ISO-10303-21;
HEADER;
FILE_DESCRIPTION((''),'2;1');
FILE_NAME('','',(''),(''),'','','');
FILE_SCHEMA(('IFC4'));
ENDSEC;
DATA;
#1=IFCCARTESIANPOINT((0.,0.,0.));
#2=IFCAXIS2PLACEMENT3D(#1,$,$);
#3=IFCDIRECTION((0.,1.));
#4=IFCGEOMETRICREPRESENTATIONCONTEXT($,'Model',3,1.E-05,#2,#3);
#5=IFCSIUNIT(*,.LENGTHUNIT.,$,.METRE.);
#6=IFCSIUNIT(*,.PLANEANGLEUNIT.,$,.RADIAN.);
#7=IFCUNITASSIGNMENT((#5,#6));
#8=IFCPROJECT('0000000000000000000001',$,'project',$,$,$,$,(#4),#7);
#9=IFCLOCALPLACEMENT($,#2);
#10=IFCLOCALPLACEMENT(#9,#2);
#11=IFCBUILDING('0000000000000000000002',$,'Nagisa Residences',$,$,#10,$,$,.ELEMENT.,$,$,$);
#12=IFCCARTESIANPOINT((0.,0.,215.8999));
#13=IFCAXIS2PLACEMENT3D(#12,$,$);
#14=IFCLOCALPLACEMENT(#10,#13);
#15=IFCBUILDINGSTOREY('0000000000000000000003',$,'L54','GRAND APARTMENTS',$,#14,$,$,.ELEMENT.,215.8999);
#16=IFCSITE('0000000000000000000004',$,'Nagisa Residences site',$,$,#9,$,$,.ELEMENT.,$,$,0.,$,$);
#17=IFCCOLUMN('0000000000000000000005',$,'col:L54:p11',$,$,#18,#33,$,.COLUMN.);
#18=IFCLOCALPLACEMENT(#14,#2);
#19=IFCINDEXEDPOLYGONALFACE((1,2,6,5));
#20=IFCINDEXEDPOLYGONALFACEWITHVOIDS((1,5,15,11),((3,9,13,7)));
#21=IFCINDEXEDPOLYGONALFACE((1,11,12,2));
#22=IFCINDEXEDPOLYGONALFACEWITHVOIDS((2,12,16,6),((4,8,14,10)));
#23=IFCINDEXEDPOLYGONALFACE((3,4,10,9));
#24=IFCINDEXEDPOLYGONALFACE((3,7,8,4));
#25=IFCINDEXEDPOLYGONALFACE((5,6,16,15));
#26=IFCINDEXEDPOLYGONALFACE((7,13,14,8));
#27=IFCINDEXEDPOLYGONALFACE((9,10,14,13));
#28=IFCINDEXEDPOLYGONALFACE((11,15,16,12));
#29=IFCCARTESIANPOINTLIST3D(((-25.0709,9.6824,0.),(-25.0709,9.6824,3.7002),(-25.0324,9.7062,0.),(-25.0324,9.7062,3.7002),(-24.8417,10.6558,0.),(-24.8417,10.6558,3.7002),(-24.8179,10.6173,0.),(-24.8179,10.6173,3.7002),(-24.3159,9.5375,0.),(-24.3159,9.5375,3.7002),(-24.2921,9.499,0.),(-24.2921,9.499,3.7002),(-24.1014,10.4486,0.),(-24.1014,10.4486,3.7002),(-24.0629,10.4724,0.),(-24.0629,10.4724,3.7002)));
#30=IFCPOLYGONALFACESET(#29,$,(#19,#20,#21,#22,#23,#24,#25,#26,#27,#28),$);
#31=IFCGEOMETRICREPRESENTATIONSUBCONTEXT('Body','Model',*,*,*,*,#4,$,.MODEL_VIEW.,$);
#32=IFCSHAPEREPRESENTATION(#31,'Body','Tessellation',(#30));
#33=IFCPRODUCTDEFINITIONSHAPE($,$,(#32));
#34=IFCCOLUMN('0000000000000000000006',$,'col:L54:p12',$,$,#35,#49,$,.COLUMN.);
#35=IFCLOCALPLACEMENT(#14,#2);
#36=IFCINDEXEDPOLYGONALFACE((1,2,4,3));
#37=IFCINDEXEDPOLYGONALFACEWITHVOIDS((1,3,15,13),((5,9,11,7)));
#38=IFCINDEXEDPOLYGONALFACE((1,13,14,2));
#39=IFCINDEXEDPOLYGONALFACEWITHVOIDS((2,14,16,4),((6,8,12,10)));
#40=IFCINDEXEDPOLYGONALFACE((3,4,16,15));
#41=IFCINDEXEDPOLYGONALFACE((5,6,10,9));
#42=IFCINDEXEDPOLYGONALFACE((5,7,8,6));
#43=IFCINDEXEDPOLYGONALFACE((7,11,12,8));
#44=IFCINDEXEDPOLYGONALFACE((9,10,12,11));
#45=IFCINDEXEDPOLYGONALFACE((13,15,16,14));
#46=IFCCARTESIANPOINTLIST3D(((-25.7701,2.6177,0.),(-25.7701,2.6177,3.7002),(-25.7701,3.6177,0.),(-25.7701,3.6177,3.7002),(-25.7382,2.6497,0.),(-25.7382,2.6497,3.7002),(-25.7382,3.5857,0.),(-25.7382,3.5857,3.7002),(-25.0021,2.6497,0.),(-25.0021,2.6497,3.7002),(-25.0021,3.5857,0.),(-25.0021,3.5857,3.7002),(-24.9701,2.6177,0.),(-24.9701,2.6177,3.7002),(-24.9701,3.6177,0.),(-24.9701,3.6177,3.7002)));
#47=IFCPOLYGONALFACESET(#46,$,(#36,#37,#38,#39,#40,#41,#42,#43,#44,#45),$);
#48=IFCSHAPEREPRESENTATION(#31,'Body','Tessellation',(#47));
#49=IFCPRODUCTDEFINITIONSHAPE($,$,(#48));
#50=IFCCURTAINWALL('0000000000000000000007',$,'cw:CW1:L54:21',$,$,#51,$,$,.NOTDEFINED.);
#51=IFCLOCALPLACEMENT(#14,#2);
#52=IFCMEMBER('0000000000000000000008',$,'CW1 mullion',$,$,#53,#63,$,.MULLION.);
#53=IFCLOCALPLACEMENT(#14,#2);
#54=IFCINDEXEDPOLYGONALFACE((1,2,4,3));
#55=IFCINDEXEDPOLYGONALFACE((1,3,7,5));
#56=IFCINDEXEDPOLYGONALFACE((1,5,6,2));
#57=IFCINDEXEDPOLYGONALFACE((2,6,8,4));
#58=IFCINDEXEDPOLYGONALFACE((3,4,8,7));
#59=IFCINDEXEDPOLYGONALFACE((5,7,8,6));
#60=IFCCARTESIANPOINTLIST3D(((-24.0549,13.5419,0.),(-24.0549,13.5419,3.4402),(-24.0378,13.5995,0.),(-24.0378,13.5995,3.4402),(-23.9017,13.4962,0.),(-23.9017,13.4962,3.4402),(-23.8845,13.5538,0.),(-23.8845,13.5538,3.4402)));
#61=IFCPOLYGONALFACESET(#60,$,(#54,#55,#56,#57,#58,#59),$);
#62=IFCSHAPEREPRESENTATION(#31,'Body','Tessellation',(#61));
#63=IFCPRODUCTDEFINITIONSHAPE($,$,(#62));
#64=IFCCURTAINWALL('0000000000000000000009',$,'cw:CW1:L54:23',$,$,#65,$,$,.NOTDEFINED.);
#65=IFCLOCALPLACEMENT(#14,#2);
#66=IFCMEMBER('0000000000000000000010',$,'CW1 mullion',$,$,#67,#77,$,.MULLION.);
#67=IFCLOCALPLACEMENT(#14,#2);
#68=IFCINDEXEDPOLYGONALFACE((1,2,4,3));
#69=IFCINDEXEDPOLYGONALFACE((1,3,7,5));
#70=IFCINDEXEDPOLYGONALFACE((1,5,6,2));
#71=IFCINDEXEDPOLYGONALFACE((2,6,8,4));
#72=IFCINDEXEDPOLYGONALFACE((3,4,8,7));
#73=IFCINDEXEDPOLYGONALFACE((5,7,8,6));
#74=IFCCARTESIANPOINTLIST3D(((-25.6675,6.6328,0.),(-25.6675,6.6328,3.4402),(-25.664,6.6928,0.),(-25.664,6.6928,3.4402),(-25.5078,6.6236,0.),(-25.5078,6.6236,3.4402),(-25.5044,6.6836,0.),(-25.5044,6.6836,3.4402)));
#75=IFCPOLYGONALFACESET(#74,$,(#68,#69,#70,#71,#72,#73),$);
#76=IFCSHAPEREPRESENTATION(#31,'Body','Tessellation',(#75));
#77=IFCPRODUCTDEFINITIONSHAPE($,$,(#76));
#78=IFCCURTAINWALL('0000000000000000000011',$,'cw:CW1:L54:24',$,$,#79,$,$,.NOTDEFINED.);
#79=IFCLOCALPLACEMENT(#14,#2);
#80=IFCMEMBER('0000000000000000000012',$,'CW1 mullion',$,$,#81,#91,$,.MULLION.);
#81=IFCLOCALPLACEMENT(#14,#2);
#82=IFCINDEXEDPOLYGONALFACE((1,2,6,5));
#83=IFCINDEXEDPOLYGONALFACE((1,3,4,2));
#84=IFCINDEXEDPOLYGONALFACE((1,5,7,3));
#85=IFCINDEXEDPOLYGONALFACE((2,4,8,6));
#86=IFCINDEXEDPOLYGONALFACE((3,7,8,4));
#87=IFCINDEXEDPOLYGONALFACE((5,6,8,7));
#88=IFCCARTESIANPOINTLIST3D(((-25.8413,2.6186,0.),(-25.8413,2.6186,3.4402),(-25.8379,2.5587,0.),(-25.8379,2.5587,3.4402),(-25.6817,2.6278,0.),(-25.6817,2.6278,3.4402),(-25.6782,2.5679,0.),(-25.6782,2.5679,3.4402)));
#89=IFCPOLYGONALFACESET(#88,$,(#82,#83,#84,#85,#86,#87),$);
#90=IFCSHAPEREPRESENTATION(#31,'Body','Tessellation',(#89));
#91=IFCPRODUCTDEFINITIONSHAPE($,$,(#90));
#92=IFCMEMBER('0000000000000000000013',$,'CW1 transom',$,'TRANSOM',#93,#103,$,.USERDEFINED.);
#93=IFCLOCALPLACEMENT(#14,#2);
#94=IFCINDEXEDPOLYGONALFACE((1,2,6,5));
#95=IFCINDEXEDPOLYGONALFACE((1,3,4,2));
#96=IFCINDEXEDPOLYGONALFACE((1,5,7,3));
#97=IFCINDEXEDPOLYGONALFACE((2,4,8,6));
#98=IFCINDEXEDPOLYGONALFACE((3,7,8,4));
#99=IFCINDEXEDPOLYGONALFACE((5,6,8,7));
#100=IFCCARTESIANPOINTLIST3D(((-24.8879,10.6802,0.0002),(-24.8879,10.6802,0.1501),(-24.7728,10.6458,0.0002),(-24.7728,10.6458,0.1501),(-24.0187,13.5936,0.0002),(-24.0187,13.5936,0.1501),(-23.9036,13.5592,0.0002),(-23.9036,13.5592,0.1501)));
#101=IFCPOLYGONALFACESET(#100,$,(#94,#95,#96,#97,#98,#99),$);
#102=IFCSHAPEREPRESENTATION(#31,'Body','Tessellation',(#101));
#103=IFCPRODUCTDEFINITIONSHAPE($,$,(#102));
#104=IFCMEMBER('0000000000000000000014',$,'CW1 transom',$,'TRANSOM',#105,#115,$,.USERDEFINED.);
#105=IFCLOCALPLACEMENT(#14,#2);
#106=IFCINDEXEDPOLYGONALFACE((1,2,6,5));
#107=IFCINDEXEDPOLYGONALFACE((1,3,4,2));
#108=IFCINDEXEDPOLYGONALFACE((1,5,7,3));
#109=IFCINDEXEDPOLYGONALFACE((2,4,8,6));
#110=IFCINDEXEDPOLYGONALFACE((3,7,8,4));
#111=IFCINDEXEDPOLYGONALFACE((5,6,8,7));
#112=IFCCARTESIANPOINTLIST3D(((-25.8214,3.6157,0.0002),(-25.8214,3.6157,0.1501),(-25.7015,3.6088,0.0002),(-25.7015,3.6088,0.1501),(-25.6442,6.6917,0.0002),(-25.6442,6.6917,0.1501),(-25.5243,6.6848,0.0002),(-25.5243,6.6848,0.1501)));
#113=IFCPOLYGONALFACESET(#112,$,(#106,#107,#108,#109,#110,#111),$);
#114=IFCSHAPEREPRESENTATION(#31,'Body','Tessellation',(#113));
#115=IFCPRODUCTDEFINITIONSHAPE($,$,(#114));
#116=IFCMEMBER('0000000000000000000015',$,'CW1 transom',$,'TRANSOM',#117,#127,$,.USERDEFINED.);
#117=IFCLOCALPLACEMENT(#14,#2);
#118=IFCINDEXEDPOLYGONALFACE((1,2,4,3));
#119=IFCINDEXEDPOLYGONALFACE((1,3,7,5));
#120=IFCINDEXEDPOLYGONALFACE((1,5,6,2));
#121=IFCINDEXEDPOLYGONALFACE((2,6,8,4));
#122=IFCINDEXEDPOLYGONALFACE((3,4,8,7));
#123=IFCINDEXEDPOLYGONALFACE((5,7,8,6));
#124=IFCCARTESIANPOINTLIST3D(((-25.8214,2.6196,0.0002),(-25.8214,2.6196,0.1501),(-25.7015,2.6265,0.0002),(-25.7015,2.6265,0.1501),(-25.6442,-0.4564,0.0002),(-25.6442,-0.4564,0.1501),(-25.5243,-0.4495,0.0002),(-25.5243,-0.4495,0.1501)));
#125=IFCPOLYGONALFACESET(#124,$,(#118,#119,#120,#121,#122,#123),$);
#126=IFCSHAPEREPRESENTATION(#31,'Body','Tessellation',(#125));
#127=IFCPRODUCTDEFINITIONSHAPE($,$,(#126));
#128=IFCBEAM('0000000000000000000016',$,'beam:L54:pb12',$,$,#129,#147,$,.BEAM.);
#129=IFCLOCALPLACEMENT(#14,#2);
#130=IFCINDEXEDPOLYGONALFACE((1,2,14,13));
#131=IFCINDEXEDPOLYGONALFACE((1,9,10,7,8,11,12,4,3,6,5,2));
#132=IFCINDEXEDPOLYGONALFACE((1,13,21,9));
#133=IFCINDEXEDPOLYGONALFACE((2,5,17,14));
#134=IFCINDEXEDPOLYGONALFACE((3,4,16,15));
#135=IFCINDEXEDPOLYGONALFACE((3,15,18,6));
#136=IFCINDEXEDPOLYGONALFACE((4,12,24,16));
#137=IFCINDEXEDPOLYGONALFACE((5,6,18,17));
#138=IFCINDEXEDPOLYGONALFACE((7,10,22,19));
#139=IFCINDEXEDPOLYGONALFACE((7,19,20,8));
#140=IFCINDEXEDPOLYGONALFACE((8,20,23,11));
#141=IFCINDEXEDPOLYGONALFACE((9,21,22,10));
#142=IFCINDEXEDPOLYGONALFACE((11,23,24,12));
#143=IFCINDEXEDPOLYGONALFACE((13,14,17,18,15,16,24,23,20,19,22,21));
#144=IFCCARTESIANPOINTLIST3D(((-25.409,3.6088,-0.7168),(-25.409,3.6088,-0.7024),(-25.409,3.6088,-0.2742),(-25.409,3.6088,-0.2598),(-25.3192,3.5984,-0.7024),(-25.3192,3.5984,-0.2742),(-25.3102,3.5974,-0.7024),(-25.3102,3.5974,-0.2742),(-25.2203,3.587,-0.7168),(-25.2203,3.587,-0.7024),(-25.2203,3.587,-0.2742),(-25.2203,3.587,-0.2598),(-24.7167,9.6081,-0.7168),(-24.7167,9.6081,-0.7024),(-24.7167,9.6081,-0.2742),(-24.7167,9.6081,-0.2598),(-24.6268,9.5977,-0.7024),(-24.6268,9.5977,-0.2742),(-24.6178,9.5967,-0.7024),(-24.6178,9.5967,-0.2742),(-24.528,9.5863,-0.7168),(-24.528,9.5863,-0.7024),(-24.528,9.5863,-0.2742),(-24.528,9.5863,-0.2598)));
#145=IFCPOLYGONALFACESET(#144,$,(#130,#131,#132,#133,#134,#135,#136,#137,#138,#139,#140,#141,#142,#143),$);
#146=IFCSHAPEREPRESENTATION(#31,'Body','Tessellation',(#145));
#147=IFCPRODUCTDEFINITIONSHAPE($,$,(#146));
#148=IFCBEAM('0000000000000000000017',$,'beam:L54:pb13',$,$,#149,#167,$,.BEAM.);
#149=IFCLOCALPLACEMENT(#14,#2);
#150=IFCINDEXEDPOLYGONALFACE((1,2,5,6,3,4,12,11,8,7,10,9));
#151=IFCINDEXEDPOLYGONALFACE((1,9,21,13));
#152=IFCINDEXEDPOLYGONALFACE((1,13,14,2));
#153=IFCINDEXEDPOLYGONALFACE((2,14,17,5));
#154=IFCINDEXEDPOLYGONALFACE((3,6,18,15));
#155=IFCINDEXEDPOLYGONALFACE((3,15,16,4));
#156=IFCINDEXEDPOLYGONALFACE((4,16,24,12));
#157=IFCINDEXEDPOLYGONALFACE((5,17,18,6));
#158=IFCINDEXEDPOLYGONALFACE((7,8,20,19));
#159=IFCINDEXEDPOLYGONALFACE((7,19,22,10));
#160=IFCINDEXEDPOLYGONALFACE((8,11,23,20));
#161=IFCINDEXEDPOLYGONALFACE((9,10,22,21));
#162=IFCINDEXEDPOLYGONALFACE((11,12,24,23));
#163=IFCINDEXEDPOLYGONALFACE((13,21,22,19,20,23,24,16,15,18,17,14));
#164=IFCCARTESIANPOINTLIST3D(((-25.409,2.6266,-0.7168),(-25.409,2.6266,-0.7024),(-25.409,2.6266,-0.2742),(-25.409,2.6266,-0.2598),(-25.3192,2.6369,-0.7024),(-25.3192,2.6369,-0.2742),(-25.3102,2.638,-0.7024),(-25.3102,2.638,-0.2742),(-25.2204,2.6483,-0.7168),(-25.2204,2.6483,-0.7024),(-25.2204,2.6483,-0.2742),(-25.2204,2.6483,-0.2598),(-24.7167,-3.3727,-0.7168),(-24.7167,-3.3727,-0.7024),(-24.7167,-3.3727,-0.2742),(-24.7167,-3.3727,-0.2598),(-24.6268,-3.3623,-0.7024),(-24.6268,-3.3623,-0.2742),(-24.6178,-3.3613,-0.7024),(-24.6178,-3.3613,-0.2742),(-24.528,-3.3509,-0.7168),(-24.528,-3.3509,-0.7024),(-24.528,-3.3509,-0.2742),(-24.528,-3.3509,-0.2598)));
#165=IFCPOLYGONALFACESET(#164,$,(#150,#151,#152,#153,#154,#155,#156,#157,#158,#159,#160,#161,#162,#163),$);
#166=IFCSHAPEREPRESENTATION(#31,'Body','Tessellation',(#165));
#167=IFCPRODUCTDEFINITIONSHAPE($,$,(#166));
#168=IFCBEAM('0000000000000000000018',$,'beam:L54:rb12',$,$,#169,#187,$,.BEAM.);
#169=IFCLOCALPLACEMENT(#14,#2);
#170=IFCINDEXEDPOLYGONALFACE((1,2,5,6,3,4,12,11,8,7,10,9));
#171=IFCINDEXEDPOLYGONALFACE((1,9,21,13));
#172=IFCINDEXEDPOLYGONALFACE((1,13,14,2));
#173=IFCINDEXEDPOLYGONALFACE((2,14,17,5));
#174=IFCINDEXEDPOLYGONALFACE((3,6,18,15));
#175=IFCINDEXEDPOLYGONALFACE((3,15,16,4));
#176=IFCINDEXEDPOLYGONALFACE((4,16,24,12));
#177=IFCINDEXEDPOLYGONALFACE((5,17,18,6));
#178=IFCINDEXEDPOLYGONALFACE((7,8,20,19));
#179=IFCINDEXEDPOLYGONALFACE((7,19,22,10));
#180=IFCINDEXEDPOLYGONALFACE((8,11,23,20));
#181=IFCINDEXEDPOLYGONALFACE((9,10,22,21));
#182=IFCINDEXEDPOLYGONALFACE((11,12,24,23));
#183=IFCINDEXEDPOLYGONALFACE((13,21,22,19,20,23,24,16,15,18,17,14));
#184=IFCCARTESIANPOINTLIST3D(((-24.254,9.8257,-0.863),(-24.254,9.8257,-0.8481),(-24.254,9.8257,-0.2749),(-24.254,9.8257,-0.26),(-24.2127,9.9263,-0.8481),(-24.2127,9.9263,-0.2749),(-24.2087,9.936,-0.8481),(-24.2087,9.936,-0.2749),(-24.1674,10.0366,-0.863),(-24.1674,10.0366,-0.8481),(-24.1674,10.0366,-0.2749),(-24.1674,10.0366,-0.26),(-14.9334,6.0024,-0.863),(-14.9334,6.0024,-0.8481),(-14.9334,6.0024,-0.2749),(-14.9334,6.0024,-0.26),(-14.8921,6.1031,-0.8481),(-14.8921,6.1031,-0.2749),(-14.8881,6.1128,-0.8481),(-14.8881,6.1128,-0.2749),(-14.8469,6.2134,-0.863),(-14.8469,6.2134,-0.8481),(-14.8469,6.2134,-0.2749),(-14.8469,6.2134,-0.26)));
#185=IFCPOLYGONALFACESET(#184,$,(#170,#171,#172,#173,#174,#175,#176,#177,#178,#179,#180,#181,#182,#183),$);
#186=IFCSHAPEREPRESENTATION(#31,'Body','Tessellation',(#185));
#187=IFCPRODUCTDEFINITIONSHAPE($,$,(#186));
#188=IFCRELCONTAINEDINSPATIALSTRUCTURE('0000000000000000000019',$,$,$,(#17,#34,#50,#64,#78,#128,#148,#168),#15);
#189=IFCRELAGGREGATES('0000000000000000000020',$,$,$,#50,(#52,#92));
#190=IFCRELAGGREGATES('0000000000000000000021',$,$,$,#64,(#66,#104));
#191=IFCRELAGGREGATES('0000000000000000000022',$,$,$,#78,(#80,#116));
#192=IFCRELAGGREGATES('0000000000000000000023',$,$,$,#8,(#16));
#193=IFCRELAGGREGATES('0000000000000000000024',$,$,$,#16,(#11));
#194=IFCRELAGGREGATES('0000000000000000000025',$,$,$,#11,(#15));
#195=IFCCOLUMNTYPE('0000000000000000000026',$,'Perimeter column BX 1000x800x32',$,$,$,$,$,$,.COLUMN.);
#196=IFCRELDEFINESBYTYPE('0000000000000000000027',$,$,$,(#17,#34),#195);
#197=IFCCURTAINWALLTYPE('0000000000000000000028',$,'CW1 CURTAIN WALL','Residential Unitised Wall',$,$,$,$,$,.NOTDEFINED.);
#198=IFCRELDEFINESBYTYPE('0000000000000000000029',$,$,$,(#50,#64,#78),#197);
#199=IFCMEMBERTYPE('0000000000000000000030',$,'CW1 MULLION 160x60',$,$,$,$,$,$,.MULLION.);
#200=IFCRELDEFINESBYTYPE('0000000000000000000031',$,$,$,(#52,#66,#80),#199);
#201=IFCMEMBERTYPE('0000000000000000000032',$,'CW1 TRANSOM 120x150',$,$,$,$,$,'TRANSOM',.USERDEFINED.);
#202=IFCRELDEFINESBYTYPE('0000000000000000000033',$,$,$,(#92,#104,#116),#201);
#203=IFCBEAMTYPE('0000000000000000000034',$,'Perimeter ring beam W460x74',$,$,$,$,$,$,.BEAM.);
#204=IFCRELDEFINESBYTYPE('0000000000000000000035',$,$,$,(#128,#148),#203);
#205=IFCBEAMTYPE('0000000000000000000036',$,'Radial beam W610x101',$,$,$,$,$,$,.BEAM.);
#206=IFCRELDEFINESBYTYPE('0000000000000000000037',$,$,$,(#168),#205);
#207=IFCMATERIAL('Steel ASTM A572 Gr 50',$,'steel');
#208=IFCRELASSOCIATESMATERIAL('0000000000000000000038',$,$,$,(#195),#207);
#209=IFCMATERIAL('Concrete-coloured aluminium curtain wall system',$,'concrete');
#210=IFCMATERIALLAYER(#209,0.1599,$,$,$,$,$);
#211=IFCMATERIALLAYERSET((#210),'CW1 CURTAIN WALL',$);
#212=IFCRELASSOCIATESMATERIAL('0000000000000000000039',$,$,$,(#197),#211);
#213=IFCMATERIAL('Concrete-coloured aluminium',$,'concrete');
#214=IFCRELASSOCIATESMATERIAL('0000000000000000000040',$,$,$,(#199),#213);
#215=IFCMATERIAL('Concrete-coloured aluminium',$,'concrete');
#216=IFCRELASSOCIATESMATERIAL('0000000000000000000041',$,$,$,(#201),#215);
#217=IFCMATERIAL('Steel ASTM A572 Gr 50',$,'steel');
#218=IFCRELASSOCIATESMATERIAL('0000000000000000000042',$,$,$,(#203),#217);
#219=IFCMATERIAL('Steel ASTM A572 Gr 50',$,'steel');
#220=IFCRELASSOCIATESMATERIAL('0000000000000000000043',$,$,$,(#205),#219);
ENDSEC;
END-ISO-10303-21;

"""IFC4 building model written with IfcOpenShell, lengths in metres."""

from ifc_helpers import new_model, si_unit, direction, frame, origin, origin_2d, place, context, subcontext, project, spatial, rectangle, hollow_rectangle, i_section, extrude, material, layer, layer_set, material_profile, profile_set, type_object, element, aggregate, save


model = new_model("IFC4")

# Units and contexts
model_context = context("Model", 3, precision=1e-05, world=origin(), true_north=direction((0.0, 1.0)))
body_context = subcontext(model_context, "Body", "Model", "MODEL_VIEW")
ifc_project = project(units=[si_unit("LENGTHUNIT", "METRE"), si_unit("PLANEANGLEUNIT", "RADIAN")], contexts=[model_context])

# Site, building, storey
site_placement = place(None, origin())
site = spatial("IfcSite", under=ifc_project, at=site_placement, Name="Nagisa Residences site", CompositionType="ELEMENT", RefElevation=0.0)
building_placement = place(site_placement, origin())
building = spatial("IfcBuilding", under=site, at=building_placement, Name="Nagisa Residences", CompositionType="ELEMENT")
storey_placement = place(building_placement, frame((0.0, 0.0, 215.8999)))
storey = spatial("IfcBuildingStorey", under=building, at=storey_placement, Name="L54", Description="GRAND APARTMENTS", CompositionType="ELEMENT", Elevation=215.8999)

# Columns
ifc_material_1 = material(Name="Steel ASTM A572 Gr 50", Category="steel")
ifc_material_profile_1 = material_profile(ifc_material_1, hollow_rectangle(XDim=1.0, YDim=0.8, WallThickness=0.032, at=origin_2d()), Name="BX 1000x800x32")
ifc_profile_set_1 = profile_set([ifc_material_profile_1], Name="Steel ASTM A572 Gr 50")
column_type = type_object("IfcColumnType", Name="Perimeter column BX 1000x800x32", PredefinedType="COLUMN", material=ifc_profile_set_1)
for number, where, z_axis, x_axis, name in (
    (1, (-24.5669, 10.0774, 0.0), (0.0, 0.0, 1.0), (-0.229202, -0.973379, 0.0), "col:L54:p11"),
    (2, (-25.3701, 3.1177, 0.0), (0.0, 0.0, 1.0), (0.0, -1.0, 0.0), "col:L54:p12"),
):
    element("IfcColumn", number, at=place(storey_placement, frame(where, z_axis=z_axis, x_axis=x_axis)), inside=storey, type_object=column_type, Name=name, PredefinedType="COLUMN", context=body_context, shape_type="SweptSolid", body=[
        extrude(hollow_rectangle(XDim=1.0, YDim=0.8, WallThickness=0.032, at=origin_2d()), origin(), (0.0, 0.0, 1.0), 3.7002),
    ])

# Curtain walls, members
ifc_material_2 = material(Name="Concrete-coloured aluminium curtain wall system", Category="concrete")
ifc_layer_1 = layer(ifc_material_2, 0.1599)
ifc_layer_set_1 = layer_set([ifc_layer_1], Name="CW1 CURTAIN WALL")
curtain_wall_type = type_object("IfcCurtainWallType", Name="CW1 CURTAIN WALL", Description="Residential Unitised Wall", PredefinedType="NOTDEFINED", material=ifc_layer_set_1)
curtain_wall_1_placement = place(storey_placement, origin())
curtain_wall_1 = element("IfcCurtainWall", 3, at=curtain_wall_1_placement, inside=storey, type_object=curtain_wall_type, Name="cw:CW1:L54:21", PredefinedType="NOTDEFINED")
ifc_material_3 = material(Name="Concrete-coloured aluminium", Category="concrete")
ifc_material_profile_2 = material_profile(ifc_material_3, rectangle(XDim=0.1599, YDim=0.0601, at=origin_2d()), Name="CW1 MULLION 160x60")
ifc_profile_set_2 = profile_set([ifc_material_profile_2], Name="Concrete-coloured aluminium")
member_type_1 = type_object("IfcMemberType", Name="CW1 MULLION 160x60", PredefinedType="MULLION", material=ifc_profile_set_2)
member_1_placement = place(storey_placement, frame((-23.9697, 13.5479, 0.0), z_axis=(0.0, 0.0, 1.0), x_axis=(0.958271, -0.28586, 0.0)))
member_1 = element("IfcMember", 4, at=member_1_placement, type_object=member_type_1, Name="CW1 mullion", PredefinedType="MULLION", context=body_context, shape_type="SweptSolid", body=[
    extrude(rectangle(XDim=0.1599, YDim=0.0601, at=origin_2d()), origin(), (0.0, 0.0, 1.0), 3.4402),
])
curtain_wall_2_placement = place(storey_placement, origin())
curtain_wall_2 = element("IfcCurtainWall", 5, at=curtain_wall_2_placement, inside=storey, type_object=curtain_wall_type, Name="cw:CW1:L54:23", PredefinedType="NOTDEFINED")
member_2_placement = place(storey_placement, frame((-25.5859, 6.6582, 0.0), z_axis=(0.0, 0.0, 1.0), x_axis=(0.998345, -0.057503, 0.0)))
member_2 = element("IfcMember", 6, at=member_2_placement, type_object=member_type_1, Name="CW1 mullion", PredefinedType="MULLION", context=body_context, shape_type="SweptSolid", body=[
    extrude(rectangle(XDim=0.1599, YDim=0.0601, at=origin_2d()), origin(), (0.0, 0.0, 1.0), 3.4402),
])
curtain_wall_3_placement = place(storey_placement, origin())
curtain_wall_3 = element("IfcCurtainWall", 7, at=curtain_wall_3_placement, inside=storey, type_object=curtain_wall_type, Name="cw:CW1:L54:24", PredefinedType="NOTDEFINED")
member_3_placement = place(storey_placement, frame((-25.7598, 2.5933, 0.0), z_axis=(0.0, 0.0, 1.0), x_axis=(0.998345, 0.057503, 0.0)))
member_3 = element("IfcMember", 8, at=member_3_placement, type_object=member_type_1, Name="CW1 mullion", PredefinedType="MULLION", context=body_context, shape_type="SweptSolid", body=[
    extrude(rectangle(XDim=0.1599, YDim=0.0601, at=origin_2d()), origin(), (0.0, 0.0, 1.0), 3.4402),
])

# Members
ifc_material_4 = material(Name="Concrete-coloured aluminium", Category="concrete")
ifc_material_profile_3 = material_profile(ifc_material_4, rectangle(XDim=0.1201, YDim=0.1499, at=origin_2d()), Name="CW1 TRANSOM 120x150")
ifc_profile_set_3 = profile_set([ifc_material_profile_3], Name="Concrete-coloured aluminium")
member_type_2 = type_object("IfcMemberType", Name="CW1 TRANSOM 120x150", ElementType="TRANSOM", PredefinedType="USERDEFINED", material=ifc_profile_set_3)
member_4_placement = place(storey_placement, frame((-23.9612, 13.5764, 0.0752), z_axis=(-0.285881, -0.958265, 0.0), x_axis=(0.958265, -0.285881, 0.0)))
member_4 = element("IfcMember", 9, at=member_4_placement, type_object=member_type_2, Name="CW1 transom", ObjectType="TRANSOM", PredefinedType="USERDEFINED", context=body_context, shape_type="SweptSolid", body=[
    extrude(rectangle(XDim=0.1201, YDim=0.1499, at=origin_2d()), origin(), (0.0, 0.0, 1.0), 3.0403),
])
member_5_placement = place(storey_placement, frame((-25.5842, 6.6882, 0.0752), z_axis=(-0.057528, -0.998344, 0.0), x_axis=(0.998344, -0.057528, 0.0)))
member_5 = element("IfcMember", 10, at=member_5_placement, type_object=member_type_2, Name="CW1 transom", ObjectType="TRANSOM", PredefinedType="USERDEFINED", context=body_context, shape_type="SweptSolid", body=[
    extrude(rectangle(XDim=0.1201, YDim=0.1499, at=origin_2d()), origin(), (0.0, 0.0, 1.0), 3.0811),
])
member_6_placement = place(storey_placement, frame((-25.7615, 2.623, 0.0752), z_axis=(0.057528, -0.998344, 0.0), x_axis=(0.998344, 0.057528, 0.0)))
member_6 = element("IfcMember", 11, at=member_6_placement, type_object=member_type_2, Name="CW1 transom", ObjectType="TRANSOM", PredefinedType="USERDEFINED", context=body_context, shape_type="SweptSolid", body=[
    extrude(rectangle(XDim=0.1201, YDim=0.1499, at=origin_2d()), origin(), (0.0, 0.0, 1.0), 3.0811),
])

# Beams
ifc_material_5 = material(Name="Steel ASTM A572 Gr 50", Category="steel")
ifc_material_profile_4 = material_profile(ifc_material_5, i_section(OverallWidth=0.1899, OverallDepth=0.457, WebThickness=0.009, FlangeThickness=0.0144, at=origin_2d()), Name="W460x74")
ifc_profile_set_4 = profile_set([ifc_material_profile_4], Name="Steel ASTM A572 Gr 50")
beam_type_1 = type_object("IfcBeamType", Name="Perimeter ring beam W460x74", PredefinedType="BEAM", material=ifc_profile_set_4)
for number, where, z_axis, x_axis, name in (
    (12, (-24.6223, 9.5972, -0.4883), (-0.11465, -0.993406, 0.0), (0.993406, -0.11465, 0.0), "beam:L54:pb12"),
    (13, (-25.3147, 2.6375, -0.4883), (0.11465, -0.993406, 0.0), (0.993406, 0.11465, 0.0), "beam:L54:pb13"),
):
    element("IfcBeam", number, at=place(storey_placement, frame(where, z_axis=z_axis, x_axis=x_axis)), inside=storey, type_object=beam_type_1, Name=name, PredefinedType="BEAM", context=body_context, shape_type="SweptSolid", body=[
        extrude(i_section(OverallWidth=0.1899, OverallDepth=0.457, WebThickness=0.009, FlangeThickness=0.0144, at=origin_2d()), origin(), (0.0, 0.0, 1.0), 6.0391),
    ])
ifc_material_6 = material(Name="Steel ASTM A572 Gr 50", Category="steel")
ifc_material_profile_5 = material_profile(ifc_material_6, i_section(OverallWidth=0.228, OverallDepth=0.603, WebThickness=0.0105, FlangeThickness=0.0149, at=origin_2d()), Name="W610x101")
ifc_profile_set_5 = profile_set([ifc_material_profile_5], Name="Steel ASTM A572 Gr 50")
beam_type_2 = type_object("IfcBeamType", Name="Radial beam W610x101", PredefinedType="BEAM", material=ifc_profile_set_5)
beam_1_placement = place(storey_placement, frame((-24.2107, 9.9312, -0.5615), z_axis=(0.925189, -0.379507, 0.0), x_axis=(0.379507, 0.925189, 0.0)))
element("IfcBeam", 14, at=beam_1_placement, inside=storey, type_object=beam_type_2, Name="beam:L54:rb12", PredefinedType="BEAM", context=body_context, shape_type="SweptSolid", body=[
    extrude(i_section(OverallWidth=0.228, OverallDepth=0.603, WebThickness=0.0105, FlangeThickness=0.0149, at=origin_2d()), origin(), (0.0, 0.0, 1.0), 10.0742),
])

aggregate(curtain_wall_1, [member_1, member_4])
aggregate(curtain_wall_2, [member_2, member_5])
aggregate(curtain_wall_3, [member_3, member_6])

save(model, "model.ifc")
